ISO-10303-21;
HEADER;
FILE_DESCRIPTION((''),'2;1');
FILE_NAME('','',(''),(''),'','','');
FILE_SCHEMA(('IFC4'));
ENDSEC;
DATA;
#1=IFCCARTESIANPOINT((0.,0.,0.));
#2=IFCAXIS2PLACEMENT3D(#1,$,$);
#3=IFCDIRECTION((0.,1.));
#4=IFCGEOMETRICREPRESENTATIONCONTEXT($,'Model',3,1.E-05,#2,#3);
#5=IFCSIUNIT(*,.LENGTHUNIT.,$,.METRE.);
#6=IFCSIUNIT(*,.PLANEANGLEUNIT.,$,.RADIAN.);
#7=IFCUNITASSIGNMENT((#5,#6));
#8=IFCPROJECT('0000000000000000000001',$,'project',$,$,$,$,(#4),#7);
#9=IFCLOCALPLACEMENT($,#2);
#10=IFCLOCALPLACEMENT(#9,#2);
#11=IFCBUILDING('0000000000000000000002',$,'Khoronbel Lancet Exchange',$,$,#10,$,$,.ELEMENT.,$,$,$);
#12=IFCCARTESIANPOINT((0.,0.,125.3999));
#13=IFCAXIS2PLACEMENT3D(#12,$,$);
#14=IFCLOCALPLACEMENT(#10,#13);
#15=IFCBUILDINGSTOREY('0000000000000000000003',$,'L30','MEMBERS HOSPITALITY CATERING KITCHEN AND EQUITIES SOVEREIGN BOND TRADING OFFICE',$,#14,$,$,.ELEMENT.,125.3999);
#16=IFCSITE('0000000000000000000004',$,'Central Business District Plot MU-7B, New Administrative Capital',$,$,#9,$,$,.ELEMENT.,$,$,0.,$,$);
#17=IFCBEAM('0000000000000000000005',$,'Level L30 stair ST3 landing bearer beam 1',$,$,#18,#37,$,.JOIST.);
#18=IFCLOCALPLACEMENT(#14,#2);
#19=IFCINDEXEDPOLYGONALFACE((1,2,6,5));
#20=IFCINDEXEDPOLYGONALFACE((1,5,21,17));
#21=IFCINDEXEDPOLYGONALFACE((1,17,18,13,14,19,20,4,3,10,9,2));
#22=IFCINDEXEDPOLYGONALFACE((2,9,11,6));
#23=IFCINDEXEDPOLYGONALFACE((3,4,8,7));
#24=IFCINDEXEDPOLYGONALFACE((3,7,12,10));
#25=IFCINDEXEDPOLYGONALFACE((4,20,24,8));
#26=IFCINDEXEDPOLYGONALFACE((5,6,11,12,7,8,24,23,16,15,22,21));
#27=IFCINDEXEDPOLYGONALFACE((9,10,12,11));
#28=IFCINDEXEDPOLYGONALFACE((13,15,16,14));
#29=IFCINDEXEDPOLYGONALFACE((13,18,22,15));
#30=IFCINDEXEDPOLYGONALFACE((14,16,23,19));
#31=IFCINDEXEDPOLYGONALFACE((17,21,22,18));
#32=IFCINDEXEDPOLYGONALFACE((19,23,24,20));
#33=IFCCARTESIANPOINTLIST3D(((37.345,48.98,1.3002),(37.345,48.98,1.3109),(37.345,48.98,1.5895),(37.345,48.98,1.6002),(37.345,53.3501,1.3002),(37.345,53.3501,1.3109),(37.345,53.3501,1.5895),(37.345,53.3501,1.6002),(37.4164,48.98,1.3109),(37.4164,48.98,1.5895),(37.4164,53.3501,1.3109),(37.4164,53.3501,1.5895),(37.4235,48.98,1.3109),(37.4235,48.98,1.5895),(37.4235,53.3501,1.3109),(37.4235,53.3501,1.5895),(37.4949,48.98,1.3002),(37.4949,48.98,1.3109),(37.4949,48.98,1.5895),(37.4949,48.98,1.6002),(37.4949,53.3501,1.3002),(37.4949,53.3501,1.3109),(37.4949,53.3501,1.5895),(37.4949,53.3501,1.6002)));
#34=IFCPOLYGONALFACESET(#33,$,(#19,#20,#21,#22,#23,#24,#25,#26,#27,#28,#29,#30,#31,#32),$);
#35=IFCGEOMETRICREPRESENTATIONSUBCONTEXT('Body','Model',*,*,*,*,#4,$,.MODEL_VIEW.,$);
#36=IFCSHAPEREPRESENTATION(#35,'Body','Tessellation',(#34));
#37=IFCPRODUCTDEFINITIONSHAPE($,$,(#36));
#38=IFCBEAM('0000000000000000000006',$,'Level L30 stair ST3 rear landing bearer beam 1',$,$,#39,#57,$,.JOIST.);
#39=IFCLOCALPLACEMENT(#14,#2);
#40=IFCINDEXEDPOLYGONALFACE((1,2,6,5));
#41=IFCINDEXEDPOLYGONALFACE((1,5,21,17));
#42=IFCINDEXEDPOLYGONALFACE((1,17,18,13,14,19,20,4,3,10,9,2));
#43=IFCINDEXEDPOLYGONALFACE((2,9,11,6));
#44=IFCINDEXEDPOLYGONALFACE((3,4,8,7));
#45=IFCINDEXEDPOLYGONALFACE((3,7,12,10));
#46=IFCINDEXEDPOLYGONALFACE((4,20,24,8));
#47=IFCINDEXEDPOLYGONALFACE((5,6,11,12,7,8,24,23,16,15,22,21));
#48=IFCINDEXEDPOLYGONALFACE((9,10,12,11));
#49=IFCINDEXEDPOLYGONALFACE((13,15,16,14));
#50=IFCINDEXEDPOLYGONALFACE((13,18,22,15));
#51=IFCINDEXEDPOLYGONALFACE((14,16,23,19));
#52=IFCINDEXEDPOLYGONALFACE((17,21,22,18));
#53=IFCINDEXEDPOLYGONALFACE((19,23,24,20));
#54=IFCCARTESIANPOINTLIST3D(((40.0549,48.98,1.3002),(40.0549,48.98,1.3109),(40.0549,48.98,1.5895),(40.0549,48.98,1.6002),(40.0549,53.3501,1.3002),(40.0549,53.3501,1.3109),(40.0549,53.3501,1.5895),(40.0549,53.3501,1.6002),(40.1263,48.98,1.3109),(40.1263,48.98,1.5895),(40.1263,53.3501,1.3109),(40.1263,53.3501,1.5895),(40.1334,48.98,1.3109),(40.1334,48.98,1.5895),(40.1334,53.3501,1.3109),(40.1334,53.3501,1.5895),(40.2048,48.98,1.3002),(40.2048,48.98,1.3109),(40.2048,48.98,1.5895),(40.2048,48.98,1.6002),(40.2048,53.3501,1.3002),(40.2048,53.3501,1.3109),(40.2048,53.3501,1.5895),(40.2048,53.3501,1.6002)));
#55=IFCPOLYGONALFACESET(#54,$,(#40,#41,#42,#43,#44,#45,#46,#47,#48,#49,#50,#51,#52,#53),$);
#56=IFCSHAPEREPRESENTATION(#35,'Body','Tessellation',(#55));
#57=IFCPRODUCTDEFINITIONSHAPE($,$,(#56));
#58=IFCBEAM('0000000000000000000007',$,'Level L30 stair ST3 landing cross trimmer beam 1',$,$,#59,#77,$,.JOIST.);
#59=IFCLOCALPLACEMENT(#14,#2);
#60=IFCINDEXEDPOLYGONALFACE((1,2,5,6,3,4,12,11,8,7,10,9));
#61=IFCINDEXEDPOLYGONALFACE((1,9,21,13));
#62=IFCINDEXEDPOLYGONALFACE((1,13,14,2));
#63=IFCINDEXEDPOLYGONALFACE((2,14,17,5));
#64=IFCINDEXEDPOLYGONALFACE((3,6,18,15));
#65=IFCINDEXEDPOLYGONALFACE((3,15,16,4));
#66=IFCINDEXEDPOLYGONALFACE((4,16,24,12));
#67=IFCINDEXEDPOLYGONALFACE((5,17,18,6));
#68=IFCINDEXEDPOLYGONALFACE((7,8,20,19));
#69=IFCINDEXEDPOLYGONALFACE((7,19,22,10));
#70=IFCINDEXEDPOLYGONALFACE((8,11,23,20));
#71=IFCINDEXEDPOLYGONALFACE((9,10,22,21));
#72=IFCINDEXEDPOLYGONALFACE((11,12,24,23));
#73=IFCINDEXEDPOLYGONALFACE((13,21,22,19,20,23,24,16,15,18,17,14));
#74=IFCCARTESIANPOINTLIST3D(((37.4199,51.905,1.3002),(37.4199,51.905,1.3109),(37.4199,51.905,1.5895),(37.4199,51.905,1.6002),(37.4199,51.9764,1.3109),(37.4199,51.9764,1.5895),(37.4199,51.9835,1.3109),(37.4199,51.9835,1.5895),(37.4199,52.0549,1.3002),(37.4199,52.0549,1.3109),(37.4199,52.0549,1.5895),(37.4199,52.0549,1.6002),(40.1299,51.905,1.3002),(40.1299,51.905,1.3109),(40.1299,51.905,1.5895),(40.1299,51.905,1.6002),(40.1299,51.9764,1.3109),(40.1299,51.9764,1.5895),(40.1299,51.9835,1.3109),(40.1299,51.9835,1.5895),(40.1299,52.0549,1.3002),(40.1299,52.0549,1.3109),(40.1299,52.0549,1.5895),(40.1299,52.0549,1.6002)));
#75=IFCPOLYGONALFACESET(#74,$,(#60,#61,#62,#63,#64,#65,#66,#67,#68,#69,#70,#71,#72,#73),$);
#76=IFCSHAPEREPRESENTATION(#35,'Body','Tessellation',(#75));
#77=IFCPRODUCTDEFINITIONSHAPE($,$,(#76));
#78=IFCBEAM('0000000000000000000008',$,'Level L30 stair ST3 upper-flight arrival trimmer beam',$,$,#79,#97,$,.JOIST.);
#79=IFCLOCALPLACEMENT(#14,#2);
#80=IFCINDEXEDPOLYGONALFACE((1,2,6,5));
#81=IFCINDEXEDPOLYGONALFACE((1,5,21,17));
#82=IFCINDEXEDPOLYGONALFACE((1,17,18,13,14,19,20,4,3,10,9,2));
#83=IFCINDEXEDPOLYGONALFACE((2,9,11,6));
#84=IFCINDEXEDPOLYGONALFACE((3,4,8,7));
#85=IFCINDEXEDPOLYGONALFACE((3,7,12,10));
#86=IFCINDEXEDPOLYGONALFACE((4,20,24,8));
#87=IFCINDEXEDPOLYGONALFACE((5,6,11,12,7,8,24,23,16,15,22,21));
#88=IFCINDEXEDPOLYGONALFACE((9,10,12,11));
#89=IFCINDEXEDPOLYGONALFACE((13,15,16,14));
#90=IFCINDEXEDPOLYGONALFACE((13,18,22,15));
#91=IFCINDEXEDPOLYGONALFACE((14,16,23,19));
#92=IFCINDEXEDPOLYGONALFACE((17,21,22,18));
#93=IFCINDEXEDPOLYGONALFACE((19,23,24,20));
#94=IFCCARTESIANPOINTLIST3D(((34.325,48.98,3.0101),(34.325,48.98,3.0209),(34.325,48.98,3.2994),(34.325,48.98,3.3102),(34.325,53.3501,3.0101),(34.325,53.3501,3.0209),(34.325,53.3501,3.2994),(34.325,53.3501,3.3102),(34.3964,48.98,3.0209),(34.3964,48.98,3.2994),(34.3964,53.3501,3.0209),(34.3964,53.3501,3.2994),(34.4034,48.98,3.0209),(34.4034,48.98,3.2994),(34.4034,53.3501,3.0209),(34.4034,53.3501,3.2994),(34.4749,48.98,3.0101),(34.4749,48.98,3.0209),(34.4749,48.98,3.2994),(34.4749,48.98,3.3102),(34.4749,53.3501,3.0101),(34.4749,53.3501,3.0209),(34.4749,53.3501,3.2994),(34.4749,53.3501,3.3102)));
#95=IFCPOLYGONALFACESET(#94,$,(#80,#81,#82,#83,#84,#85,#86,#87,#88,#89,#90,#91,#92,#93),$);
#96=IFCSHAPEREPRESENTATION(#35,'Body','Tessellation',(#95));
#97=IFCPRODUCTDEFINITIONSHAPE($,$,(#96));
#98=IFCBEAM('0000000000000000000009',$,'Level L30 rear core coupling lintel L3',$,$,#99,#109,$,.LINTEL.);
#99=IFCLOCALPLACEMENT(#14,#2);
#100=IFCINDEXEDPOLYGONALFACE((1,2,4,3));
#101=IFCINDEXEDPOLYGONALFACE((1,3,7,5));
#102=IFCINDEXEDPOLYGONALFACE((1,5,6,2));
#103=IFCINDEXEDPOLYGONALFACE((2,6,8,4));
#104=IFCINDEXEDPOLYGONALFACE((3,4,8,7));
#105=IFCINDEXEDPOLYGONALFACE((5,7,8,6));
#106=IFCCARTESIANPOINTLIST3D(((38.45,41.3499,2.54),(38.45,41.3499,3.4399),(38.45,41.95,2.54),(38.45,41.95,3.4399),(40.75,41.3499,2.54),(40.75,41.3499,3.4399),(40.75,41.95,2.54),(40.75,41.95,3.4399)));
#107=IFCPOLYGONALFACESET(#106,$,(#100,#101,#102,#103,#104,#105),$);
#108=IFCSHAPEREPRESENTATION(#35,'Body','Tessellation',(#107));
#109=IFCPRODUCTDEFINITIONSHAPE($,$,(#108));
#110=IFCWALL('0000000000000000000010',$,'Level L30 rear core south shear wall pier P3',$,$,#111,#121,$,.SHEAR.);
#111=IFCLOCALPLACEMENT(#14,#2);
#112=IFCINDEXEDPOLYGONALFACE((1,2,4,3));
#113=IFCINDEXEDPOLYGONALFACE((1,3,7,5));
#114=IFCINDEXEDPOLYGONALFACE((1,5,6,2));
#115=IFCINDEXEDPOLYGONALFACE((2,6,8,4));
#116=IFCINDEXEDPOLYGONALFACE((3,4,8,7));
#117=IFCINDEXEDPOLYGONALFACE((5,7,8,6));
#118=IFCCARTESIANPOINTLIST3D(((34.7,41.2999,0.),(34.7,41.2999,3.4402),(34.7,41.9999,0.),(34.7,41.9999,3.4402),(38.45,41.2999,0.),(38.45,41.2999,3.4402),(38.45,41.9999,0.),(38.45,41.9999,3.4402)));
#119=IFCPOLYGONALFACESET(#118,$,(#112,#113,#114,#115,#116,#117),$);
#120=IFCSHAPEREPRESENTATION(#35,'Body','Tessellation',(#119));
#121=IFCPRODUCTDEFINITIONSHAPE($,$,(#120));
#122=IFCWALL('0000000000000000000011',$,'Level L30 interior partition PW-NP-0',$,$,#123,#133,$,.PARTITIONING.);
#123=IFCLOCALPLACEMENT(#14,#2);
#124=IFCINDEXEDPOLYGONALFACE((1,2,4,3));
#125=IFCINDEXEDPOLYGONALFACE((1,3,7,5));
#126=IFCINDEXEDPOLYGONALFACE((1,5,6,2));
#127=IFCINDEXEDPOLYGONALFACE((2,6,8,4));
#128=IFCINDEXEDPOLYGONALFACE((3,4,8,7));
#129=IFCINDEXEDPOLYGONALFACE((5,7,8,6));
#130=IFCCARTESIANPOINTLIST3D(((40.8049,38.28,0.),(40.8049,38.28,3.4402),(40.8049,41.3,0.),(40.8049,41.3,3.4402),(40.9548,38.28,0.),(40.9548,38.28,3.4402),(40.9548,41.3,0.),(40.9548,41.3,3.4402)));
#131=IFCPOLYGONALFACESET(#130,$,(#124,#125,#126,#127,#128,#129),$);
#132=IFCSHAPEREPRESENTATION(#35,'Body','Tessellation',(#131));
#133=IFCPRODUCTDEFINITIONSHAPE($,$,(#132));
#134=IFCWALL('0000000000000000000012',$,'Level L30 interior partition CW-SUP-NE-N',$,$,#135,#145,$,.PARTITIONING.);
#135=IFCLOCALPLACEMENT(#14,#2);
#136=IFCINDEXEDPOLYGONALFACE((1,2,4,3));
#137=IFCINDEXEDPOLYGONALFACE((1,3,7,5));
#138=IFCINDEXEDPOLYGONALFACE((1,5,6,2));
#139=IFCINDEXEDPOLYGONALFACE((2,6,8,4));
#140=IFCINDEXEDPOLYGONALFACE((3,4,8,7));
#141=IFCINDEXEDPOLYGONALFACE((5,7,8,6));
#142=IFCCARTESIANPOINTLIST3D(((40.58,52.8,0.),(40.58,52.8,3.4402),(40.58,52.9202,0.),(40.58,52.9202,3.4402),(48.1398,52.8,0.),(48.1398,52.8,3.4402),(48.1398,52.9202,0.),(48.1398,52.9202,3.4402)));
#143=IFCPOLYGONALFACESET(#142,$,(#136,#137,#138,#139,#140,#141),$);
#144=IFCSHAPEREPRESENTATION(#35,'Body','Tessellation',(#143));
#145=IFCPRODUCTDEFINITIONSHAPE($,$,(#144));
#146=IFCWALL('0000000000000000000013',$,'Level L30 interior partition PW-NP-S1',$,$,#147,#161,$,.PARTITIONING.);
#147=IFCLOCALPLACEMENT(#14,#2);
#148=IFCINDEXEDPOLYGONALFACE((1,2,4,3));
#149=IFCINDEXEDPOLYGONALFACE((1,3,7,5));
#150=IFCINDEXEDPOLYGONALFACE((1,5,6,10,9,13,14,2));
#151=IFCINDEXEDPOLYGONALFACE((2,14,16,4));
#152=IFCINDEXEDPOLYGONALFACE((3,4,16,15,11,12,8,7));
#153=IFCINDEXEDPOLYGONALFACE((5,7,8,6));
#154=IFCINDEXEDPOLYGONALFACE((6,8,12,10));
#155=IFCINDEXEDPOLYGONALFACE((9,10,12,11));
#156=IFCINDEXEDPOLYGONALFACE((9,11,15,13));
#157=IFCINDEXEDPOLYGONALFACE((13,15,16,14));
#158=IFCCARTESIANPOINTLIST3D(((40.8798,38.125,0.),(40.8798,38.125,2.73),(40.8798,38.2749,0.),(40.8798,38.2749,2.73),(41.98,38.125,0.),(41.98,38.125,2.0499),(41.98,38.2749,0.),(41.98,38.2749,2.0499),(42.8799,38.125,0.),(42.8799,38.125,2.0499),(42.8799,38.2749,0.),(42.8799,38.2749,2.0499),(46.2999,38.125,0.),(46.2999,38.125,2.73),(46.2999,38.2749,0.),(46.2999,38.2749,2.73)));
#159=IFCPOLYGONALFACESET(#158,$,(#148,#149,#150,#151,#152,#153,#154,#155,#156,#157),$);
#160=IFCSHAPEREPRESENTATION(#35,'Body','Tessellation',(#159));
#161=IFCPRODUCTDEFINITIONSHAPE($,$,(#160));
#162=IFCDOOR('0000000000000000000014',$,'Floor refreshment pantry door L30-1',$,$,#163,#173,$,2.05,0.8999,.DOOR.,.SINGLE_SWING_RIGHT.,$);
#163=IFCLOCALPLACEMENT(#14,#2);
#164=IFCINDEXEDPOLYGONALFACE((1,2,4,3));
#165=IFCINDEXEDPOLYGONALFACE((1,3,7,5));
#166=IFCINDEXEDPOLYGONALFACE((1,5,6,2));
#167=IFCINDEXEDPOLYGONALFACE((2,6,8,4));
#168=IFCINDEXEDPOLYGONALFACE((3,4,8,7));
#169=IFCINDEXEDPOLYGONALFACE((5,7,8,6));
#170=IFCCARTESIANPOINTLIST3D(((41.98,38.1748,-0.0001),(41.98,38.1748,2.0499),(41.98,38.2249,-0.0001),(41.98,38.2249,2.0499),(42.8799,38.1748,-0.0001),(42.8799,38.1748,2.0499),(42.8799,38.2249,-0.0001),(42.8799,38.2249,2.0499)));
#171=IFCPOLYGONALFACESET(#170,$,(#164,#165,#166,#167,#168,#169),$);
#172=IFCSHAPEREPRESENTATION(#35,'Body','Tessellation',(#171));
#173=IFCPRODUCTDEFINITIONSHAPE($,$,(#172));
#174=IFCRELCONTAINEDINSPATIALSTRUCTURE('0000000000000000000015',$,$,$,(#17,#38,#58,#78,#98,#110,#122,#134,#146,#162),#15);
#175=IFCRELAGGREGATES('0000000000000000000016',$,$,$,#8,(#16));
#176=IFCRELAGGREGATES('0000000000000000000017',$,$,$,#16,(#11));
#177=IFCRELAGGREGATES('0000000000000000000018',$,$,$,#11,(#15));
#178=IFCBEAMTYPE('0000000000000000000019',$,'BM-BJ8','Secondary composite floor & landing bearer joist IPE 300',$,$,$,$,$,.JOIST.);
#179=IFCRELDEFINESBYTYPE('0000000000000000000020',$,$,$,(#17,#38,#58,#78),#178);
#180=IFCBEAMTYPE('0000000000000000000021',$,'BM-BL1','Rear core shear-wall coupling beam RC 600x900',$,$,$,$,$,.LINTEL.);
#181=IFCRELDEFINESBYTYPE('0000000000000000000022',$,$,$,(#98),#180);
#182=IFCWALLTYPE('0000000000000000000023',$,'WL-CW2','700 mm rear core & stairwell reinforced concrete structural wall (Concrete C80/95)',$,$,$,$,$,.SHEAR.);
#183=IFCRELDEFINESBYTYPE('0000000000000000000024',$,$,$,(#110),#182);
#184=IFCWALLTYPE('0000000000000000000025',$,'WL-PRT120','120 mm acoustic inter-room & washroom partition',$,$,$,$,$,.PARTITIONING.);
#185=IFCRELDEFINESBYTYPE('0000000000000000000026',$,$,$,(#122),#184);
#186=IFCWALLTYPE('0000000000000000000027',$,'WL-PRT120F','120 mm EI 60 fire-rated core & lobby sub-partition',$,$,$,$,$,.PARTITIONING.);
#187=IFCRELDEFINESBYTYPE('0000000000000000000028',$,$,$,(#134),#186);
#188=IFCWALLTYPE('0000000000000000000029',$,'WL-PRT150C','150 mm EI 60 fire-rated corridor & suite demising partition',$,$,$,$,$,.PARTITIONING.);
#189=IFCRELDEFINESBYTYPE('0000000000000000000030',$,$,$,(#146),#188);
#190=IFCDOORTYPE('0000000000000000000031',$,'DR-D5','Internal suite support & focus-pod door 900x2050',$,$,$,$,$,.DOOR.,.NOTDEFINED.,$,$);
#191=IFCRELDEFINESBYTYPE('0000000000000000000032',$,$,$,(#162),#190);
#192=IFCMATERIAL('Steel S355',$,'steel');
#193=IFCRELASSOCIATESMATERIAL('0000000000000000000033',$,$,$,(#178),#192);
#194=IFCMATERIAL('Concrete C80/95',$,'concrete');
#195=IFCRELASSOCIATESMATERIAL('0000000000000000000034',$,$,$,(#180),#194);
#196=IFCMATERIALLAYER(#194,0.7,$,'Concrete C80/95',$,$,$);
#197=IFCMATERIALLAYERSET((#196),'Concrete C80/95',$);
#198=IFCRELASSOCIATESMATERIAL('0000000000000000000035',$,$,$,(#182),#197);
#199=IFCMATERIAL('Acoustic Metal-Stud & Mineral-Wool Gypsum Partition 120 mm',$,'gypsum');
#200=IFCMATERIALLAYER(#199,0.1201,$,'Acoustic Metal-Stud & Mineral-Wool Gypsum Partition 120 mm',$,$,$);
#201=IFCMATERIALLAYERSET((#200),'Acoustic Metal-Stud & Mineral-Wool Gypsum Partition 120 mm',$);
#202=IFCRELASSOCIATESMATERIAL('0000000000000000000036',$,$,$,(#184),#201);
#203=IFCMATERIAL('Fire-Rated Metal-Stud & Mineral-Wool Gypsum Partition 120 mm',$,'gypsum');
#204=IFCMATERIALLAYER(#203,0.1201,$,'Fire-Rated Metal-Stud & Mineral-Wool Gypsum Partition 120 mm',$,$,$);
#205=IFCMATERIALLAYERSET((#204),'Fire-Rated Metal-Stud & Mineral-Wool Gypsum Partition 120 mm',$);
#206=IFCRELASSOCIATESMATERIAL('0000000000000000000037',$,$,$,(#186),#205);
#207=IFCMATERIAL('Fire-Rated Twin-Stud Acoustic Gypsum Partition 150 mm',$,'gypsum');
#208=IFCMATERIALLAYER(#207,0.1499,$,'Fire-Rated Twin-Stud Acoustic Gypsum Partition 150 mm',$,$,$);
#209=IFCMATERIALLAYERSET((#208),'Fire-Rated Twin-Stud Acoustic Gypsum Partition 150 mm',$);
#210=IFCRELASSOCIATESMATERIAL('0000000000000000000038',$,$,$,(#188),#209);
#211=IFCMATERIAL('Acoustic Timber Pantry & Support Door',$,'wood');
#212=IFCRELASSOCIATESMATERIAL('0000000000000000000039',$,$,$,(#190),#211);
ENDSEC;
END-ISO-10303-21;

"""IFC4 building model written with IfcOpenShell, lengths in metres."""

from ifc_helpers import new_model, si_unit, direction, frame, frame_2d, origin, origin_2d, place, context, subcontext, project, spatial, rectangle, i_section, extrude, material, layer, layer_set, material_profile, profile_set, type_object, element, fill, save


model = new_model("IFC4")

# Units and contexts
model_context = context("Model", 3, precision=1e-05, world=origin(), true_north=direction((0.0, 1.0)))
body_context = subcontext(model_context, "Body", "Model", "MODEL_VIEW")
ifc_project = project(units=[si_unit("LENGTHUNIT", "METRE"), si_unit("PLANEANGLEUNIT", "RADIAN")], contexts=[model_context])

# Site, building, storey
site_placement = place(None, origin())
site = spatial("IfcSite", under=ifc_project, at=site_placement, Name="Central Business District Plot MU-7B, New Administrative Capital", CompositionType="ELEMENT", RefElevation=0.0)
building_placement = place(site_placement, origin())
building = spatial("IfcBuilding", under=site, at=building_placement, Name="Khoronbel Lancet Exchange", CompositionType="ELEMENT")
storey_placement = place(building_placement, frame((0.0, 0.0, 125.3999)))
storey = spatial("IfcBuildingStorey", under=building, at=storey_placement, Name="L30", Description="MEMBERS HOSPITALITY CATERING KITCHEN AND EQUITIES SOVEREIGN BOND TRADING OFFICE", CompositionType="ELEMENT", Elevation=125.3999)

# Beams
ifc_material_1 = material(Name="Steel S355", Category="steel")
ifc_material_profile_1 = material_profile(ifc_material_1, i_section(OverallWidth=0.1499, OverallDepth=0.3, WebThickness=0.0071, FlangeThickness=0.0107, at=origin_2d()), Name="IPE 300")
ifc_profile_set_1 = profile_set([ifc_material_profile_1], Name="Steel S355")
beam_type_1 = type_object("IfcBeamType", Name="BM-BJ8", Description="Secondary composite floor & landing bearer joist IPE 300", PredefinedType="JOIST", material=ifc_profile_set_1)
for number, where, z_axis, x_axis, name in (
    (1, (37.4199, 48.98, 1.4502), (0.0, 1.0, 0.0), (-1.0, 0.0, 0.0), "Level L30 stair ST3 landing bearer beam 1"),
    (2, (40.1299, 48.98, 1.4502), (0.0, 1.0, 0.0), (-1.0, 0.0, 0.0), "Level L30 stair ST3 rear landing bearer beam 1"),
):
    element("IfcBeam", number, at=place(storey_placement, frame(where, z_axis=z_axis, x_axis=x_axis)), inside=storey, type_object=beam_type_1, Name=name, PredefinedType="JOIST", context=body_context, shape_type="SweptSolid", body=[
        extrude(i_section(OverallWidth=0.1499, OverallDepth=0.3, WebThickness=0.0071, FlangeThickness=0.0107, at=origin_2d()), origin(), (0.0, 0.0, 1.0), 4.3701),
    ])
beam_1_placement = place(storey_placement, frame((37.4199, 51.98, 1.4502), z_axis=(1.0, 0.0, 0.0), x_axis=(0.0, 1.0, 0.0)))
element("IfcBeam", 3, at=beam_1_placement, inside=storey, type_object=beam_type_1, Name="Level L30 stair ST3 landing cross trimmer beam 1", PredefinedType="JOIST", context=body_context, shape_type="SweptSolid", body=[
    extrude(i_section(OverallWidth=0.1499, OverallDepth=0.3, WebThickness=0.0071, FlangeThickness=0.0107, at=origin_2d()), origin(), (0.0, 0.0, 1.0), 2.71),
])
beam_2_placement = place(storey_placement, frame((34.3999, 48.98, 3.1602), z_axis=(0.0, 1.0, 0.0), x_axis=(-1.0, 0.0, 0.0)))
element("IfcBeam", 4, at=beam_2_placement, inside=storey, type_object=beam_type_1, Name="Level L30 stair ST3 upper-flight arrival trimmer beam", PredefinedType="JOIST", context=body_context, shape_type="SweptSolid", body=[
    extrude(i_section(OverallWidth=0.1499, OverallDepth=0.3, WebThickness=0.0071, FlangeThickness=0.0107, at=origin_2d()), origin(), (0.0, 0.0, 1.0), 4.3701),
])
ifc_material_2 = material(Name="Concrete C80/95", Category="concrete")
ifc_material_profile_2 = material_profile(ifc_material_2, rectangle(XDim=0.6001, YDim=0.8999, at=origin_2d()), Name="RC 600x900")
ifc_profile_set_2 = profile_set([ifc_material_profile_2], Name="Concrete C80/95")
beam_type_2 = type_object("IfcBeamType", Name="BM-BL1", Description="Rear core shear-wall coupling beam RC 600x900", PredefinedType="LINTEL", material=ifc_profile_set_2)
beam_3_placement = place(storey_placement, frame((38.45, 41.6499, 2.99), z_axis=(1.0, 0.0, 0.0), x_axis=(0.0, 1.0, 0.0)))
element("IfcBeam", 5, at=beam_3_placement, inside=storey, type_object=beam_type_2, Name="Level L30 rear core coupling lintel L3", PredefinedType="LINTEL", context=body_context, shape_type="SweptSolid", body=[
    extrude(rectangle(XDim=0.6001, YDim=0.8999, at=origin_2d()), origin(), (0.0, 0.0, 1.0), 2.3),
])

# Walls
ifc_layer_1 = layer(ifc_material_2, 0.7, Name="Concrete C80/95")
ifc_layer_set_1 = layer_set([ifc_layer_1], Name="Concrete C80/95")
wall_type_1 = type_object("IfcWallType", Name="WL-CW2", Description="700 mm rear core & stairwell reinforced concrete structural wall (Concrete C80/95)", PredefinedType="SHEAR", material=ifc_layer_set_1)
wall_1_placement = place(storey_placement, frame((38.45, 41.6499, 0.0), z_axis=(0.0, 0.0, 1.0), x_axis=(-1.0, 0.0, 0.0)))
element("IfcWall", 6, at=wall_1_placement, inside=storey, type_object=wall_type_1, Name="Level L30 rear core south shear wall pier P3", PredefinedType="SHEAR", context=body_context, shape_type="SweptSolid", body=[
    extrude(rectangle(XDim=3.75, YDim=0.7, at=frame_2d((1.875, 0.0))), origin(), (0.0, 0.0, 1.0), 3.4402),
])
ifc_material_3 = material(Name="Acoustic Metal-Stud & Mineral-Wool Gypsum Partition 120 mm", Category="gypsum")
ifc_layer_2 = layer(ifc_material_3, 0.1201, Name="Acoustic Metal-Stud & Mineral-Wool Gypsum Partition 120 mm")
ifc_layer_set_2 = layer_set([ifc_layer_2], Name="Acoustic Metal-Stud & Mineral-Wool Gypsum Partition 120 mm")
wall_type_2 = type_object("IfcWallType", Name="WL-PRT120", Description="120 mm acoustic inter-room & washroom partition", PredefinedType="PARTITIONING", material=ifc_layer_set_2)
wall_2_placement = place(storey_placement, frame((40.8799, 38.28, 0.0), z_axis=(0.0, 0.0, 1.0), x_axis=(0.0, 1.0, 0.0)))
element("IfcWall", 7, at=wall_2_placement, inside=storey, type_object=wall_type_2, Name="Level L30 interior partition PW-NP-0", PredefinedType="PARTITIONING", context=body_context, shape_type="SweptSolid", body=[
    extrude(rectangle(XDim=3.02, YDim=0.1499, at=frame_2d((1.51, 0.0))), origin(), (0.0, 0.0, 1.0), 3.4402),
])
ifc_material_4 = material(Name="Fire-Rated Metal-Stud & Mineral-Wool Gypsum Partition 120 mm", Category="gypsum")
ifc_layer_3 = layer(ifc_material_4, 0.1201, Name="Fire-Rated Metal-Stud & Mineral-Wool Gypsum Partition 120 mm")
ifc_layer_set_3 = layer_set([ifc_layer_3], Name="Fire-Rated Metal-Stud & Mineral-Wool Gypsum Partition 120 mm")
wall_type_3 = type_object("IfcWallType", Name="WL-PRT120F", Description="120 mm EI 60 fire-rated core & lobby sub-partition", PredefinedType="PARTITIONING", material=ifc_layer_set_3)
wall_3_placement = place(storey_placement, frame((40.5801, 52.8601, 0.0), z_axis=(0.0, 0.0, 1.0), x_axis=(1.0, 0.0, 0.0)))
element("IfcWall", 8, at=wall_3_placement, inside=storey, type_object=wall_type_3, Name="Level L30 interior partition CW-SUP-NE-N", PredefinedType="PARTITIONING", context=body_context, shape_type="SweptSolid", body=[
    extrude(rectangle(XDim=7.5598, YDim=0.1201, at=frame_2d((3.7798, 0.0))), origin(), (0.0, 0.0, 1.0), 3.4402),
])

# Wall, opening, door
ifc_material_5 = material(Name="Fire-Rated Twin-Stud Acoustic Gypsum Partition 150 mm", Category="gypsum")
ifc_layer_4 = layer(ifc_material_5, 0.1499, Name="Fire-Rated Twin-Stud Acoustic Gypsum Partition 150 mm")
ifc_layer_set_4 = layer_set([ifc_layer_4], Name="Fire-Rated Twin-Stud Acoustic Gypsum Partition 150 mm")
wall_type_4 = type_object("IfcWallType", Name="WL-PRT150C", Description="150 mm EI 60 fire-rated corridor & suite demising partition", PredefinedType="PARTITIONING", material=ifc_layer_set_4)
wall_4_placement = place(storey_placement, frame((40.8799, 38.2, 0.0), z_axis=(0.0, 0.0, 1.0), x_axis=(1.0, 0.0, 0.0)))
wall_4 = element("IfcWall", 9, at=wall_4_placement, inside=storey, type_object=wall_type_4, Name="Level L30 interior partition PW-NP-S1", PredefinedType="PARTITIONING", context=body_context, shape_type="SweptSolid", body=[
    extrude(rectangle(XDim=5.4202, YDim=0.1499, at=frame_2d((2.71, 0.0))), origin(), (0.0, 0.0, 1.0), 2.73),
])
opening_1_placement = place(wall_4_placement, frame((1.1001, 0.0, 0.0)))
opening_1 = element("IfcOpeningElement", 10, at=opening_1_placement, cuts=wall_4, PredefinedType="OPENING", context=body_context, shape_type="SweptSolid", body=[
    extrude(rectangle(XDim=0.8999, YDim=2.05, at=frame_2d((0.45, 1.0249))), frame((0.0, 0.085, 0.0), z_axis=(0.0, -1.0, 0.0), x_axis=(1.0, 0.0, 0.0)), (0.0, 0.0, 1.0), 0.1699),
])
ifc_material_6 = material(Name="Acoustic Timber Pantry & Support Door", Category="wood")
door_type_1 = type_object("IfcDoorType", Name="DR-D5", Description="Internal suite support & focus-pod door 900x2050", OperationType="NOTDEFINED", PredefinedType="DOOR", material=ifc_material_6)
door_1_placement = place(opening_1_placement, origin())
door_1 = element("IfcDoor", 11, at=door_1_placement, inside=storey, type_object=door_type_1, Name="Floor refreshment pantry door L30-1", OperationType="SINGLE_SWING_RIGHT", OverallHeight=2.05, OverallWidth=0.8999, PredefinedType="DOOR", context=body_context, shape_type="SweptSolid", body=[
    extrude(rectangle(XDim=0.8999, YDim=2.05, at=frame_2d((0.45, 1.0249))), frame((0.0, 0.0249, 0.0), z_axis=(0.0, -1.0, 0.0), x_axis=(1.0, 0.0, 0.0)), (0.0, 0.0, 1.0), 0.05),
])
fill(opening_1, door_1)

save(model, "model.ifc")
